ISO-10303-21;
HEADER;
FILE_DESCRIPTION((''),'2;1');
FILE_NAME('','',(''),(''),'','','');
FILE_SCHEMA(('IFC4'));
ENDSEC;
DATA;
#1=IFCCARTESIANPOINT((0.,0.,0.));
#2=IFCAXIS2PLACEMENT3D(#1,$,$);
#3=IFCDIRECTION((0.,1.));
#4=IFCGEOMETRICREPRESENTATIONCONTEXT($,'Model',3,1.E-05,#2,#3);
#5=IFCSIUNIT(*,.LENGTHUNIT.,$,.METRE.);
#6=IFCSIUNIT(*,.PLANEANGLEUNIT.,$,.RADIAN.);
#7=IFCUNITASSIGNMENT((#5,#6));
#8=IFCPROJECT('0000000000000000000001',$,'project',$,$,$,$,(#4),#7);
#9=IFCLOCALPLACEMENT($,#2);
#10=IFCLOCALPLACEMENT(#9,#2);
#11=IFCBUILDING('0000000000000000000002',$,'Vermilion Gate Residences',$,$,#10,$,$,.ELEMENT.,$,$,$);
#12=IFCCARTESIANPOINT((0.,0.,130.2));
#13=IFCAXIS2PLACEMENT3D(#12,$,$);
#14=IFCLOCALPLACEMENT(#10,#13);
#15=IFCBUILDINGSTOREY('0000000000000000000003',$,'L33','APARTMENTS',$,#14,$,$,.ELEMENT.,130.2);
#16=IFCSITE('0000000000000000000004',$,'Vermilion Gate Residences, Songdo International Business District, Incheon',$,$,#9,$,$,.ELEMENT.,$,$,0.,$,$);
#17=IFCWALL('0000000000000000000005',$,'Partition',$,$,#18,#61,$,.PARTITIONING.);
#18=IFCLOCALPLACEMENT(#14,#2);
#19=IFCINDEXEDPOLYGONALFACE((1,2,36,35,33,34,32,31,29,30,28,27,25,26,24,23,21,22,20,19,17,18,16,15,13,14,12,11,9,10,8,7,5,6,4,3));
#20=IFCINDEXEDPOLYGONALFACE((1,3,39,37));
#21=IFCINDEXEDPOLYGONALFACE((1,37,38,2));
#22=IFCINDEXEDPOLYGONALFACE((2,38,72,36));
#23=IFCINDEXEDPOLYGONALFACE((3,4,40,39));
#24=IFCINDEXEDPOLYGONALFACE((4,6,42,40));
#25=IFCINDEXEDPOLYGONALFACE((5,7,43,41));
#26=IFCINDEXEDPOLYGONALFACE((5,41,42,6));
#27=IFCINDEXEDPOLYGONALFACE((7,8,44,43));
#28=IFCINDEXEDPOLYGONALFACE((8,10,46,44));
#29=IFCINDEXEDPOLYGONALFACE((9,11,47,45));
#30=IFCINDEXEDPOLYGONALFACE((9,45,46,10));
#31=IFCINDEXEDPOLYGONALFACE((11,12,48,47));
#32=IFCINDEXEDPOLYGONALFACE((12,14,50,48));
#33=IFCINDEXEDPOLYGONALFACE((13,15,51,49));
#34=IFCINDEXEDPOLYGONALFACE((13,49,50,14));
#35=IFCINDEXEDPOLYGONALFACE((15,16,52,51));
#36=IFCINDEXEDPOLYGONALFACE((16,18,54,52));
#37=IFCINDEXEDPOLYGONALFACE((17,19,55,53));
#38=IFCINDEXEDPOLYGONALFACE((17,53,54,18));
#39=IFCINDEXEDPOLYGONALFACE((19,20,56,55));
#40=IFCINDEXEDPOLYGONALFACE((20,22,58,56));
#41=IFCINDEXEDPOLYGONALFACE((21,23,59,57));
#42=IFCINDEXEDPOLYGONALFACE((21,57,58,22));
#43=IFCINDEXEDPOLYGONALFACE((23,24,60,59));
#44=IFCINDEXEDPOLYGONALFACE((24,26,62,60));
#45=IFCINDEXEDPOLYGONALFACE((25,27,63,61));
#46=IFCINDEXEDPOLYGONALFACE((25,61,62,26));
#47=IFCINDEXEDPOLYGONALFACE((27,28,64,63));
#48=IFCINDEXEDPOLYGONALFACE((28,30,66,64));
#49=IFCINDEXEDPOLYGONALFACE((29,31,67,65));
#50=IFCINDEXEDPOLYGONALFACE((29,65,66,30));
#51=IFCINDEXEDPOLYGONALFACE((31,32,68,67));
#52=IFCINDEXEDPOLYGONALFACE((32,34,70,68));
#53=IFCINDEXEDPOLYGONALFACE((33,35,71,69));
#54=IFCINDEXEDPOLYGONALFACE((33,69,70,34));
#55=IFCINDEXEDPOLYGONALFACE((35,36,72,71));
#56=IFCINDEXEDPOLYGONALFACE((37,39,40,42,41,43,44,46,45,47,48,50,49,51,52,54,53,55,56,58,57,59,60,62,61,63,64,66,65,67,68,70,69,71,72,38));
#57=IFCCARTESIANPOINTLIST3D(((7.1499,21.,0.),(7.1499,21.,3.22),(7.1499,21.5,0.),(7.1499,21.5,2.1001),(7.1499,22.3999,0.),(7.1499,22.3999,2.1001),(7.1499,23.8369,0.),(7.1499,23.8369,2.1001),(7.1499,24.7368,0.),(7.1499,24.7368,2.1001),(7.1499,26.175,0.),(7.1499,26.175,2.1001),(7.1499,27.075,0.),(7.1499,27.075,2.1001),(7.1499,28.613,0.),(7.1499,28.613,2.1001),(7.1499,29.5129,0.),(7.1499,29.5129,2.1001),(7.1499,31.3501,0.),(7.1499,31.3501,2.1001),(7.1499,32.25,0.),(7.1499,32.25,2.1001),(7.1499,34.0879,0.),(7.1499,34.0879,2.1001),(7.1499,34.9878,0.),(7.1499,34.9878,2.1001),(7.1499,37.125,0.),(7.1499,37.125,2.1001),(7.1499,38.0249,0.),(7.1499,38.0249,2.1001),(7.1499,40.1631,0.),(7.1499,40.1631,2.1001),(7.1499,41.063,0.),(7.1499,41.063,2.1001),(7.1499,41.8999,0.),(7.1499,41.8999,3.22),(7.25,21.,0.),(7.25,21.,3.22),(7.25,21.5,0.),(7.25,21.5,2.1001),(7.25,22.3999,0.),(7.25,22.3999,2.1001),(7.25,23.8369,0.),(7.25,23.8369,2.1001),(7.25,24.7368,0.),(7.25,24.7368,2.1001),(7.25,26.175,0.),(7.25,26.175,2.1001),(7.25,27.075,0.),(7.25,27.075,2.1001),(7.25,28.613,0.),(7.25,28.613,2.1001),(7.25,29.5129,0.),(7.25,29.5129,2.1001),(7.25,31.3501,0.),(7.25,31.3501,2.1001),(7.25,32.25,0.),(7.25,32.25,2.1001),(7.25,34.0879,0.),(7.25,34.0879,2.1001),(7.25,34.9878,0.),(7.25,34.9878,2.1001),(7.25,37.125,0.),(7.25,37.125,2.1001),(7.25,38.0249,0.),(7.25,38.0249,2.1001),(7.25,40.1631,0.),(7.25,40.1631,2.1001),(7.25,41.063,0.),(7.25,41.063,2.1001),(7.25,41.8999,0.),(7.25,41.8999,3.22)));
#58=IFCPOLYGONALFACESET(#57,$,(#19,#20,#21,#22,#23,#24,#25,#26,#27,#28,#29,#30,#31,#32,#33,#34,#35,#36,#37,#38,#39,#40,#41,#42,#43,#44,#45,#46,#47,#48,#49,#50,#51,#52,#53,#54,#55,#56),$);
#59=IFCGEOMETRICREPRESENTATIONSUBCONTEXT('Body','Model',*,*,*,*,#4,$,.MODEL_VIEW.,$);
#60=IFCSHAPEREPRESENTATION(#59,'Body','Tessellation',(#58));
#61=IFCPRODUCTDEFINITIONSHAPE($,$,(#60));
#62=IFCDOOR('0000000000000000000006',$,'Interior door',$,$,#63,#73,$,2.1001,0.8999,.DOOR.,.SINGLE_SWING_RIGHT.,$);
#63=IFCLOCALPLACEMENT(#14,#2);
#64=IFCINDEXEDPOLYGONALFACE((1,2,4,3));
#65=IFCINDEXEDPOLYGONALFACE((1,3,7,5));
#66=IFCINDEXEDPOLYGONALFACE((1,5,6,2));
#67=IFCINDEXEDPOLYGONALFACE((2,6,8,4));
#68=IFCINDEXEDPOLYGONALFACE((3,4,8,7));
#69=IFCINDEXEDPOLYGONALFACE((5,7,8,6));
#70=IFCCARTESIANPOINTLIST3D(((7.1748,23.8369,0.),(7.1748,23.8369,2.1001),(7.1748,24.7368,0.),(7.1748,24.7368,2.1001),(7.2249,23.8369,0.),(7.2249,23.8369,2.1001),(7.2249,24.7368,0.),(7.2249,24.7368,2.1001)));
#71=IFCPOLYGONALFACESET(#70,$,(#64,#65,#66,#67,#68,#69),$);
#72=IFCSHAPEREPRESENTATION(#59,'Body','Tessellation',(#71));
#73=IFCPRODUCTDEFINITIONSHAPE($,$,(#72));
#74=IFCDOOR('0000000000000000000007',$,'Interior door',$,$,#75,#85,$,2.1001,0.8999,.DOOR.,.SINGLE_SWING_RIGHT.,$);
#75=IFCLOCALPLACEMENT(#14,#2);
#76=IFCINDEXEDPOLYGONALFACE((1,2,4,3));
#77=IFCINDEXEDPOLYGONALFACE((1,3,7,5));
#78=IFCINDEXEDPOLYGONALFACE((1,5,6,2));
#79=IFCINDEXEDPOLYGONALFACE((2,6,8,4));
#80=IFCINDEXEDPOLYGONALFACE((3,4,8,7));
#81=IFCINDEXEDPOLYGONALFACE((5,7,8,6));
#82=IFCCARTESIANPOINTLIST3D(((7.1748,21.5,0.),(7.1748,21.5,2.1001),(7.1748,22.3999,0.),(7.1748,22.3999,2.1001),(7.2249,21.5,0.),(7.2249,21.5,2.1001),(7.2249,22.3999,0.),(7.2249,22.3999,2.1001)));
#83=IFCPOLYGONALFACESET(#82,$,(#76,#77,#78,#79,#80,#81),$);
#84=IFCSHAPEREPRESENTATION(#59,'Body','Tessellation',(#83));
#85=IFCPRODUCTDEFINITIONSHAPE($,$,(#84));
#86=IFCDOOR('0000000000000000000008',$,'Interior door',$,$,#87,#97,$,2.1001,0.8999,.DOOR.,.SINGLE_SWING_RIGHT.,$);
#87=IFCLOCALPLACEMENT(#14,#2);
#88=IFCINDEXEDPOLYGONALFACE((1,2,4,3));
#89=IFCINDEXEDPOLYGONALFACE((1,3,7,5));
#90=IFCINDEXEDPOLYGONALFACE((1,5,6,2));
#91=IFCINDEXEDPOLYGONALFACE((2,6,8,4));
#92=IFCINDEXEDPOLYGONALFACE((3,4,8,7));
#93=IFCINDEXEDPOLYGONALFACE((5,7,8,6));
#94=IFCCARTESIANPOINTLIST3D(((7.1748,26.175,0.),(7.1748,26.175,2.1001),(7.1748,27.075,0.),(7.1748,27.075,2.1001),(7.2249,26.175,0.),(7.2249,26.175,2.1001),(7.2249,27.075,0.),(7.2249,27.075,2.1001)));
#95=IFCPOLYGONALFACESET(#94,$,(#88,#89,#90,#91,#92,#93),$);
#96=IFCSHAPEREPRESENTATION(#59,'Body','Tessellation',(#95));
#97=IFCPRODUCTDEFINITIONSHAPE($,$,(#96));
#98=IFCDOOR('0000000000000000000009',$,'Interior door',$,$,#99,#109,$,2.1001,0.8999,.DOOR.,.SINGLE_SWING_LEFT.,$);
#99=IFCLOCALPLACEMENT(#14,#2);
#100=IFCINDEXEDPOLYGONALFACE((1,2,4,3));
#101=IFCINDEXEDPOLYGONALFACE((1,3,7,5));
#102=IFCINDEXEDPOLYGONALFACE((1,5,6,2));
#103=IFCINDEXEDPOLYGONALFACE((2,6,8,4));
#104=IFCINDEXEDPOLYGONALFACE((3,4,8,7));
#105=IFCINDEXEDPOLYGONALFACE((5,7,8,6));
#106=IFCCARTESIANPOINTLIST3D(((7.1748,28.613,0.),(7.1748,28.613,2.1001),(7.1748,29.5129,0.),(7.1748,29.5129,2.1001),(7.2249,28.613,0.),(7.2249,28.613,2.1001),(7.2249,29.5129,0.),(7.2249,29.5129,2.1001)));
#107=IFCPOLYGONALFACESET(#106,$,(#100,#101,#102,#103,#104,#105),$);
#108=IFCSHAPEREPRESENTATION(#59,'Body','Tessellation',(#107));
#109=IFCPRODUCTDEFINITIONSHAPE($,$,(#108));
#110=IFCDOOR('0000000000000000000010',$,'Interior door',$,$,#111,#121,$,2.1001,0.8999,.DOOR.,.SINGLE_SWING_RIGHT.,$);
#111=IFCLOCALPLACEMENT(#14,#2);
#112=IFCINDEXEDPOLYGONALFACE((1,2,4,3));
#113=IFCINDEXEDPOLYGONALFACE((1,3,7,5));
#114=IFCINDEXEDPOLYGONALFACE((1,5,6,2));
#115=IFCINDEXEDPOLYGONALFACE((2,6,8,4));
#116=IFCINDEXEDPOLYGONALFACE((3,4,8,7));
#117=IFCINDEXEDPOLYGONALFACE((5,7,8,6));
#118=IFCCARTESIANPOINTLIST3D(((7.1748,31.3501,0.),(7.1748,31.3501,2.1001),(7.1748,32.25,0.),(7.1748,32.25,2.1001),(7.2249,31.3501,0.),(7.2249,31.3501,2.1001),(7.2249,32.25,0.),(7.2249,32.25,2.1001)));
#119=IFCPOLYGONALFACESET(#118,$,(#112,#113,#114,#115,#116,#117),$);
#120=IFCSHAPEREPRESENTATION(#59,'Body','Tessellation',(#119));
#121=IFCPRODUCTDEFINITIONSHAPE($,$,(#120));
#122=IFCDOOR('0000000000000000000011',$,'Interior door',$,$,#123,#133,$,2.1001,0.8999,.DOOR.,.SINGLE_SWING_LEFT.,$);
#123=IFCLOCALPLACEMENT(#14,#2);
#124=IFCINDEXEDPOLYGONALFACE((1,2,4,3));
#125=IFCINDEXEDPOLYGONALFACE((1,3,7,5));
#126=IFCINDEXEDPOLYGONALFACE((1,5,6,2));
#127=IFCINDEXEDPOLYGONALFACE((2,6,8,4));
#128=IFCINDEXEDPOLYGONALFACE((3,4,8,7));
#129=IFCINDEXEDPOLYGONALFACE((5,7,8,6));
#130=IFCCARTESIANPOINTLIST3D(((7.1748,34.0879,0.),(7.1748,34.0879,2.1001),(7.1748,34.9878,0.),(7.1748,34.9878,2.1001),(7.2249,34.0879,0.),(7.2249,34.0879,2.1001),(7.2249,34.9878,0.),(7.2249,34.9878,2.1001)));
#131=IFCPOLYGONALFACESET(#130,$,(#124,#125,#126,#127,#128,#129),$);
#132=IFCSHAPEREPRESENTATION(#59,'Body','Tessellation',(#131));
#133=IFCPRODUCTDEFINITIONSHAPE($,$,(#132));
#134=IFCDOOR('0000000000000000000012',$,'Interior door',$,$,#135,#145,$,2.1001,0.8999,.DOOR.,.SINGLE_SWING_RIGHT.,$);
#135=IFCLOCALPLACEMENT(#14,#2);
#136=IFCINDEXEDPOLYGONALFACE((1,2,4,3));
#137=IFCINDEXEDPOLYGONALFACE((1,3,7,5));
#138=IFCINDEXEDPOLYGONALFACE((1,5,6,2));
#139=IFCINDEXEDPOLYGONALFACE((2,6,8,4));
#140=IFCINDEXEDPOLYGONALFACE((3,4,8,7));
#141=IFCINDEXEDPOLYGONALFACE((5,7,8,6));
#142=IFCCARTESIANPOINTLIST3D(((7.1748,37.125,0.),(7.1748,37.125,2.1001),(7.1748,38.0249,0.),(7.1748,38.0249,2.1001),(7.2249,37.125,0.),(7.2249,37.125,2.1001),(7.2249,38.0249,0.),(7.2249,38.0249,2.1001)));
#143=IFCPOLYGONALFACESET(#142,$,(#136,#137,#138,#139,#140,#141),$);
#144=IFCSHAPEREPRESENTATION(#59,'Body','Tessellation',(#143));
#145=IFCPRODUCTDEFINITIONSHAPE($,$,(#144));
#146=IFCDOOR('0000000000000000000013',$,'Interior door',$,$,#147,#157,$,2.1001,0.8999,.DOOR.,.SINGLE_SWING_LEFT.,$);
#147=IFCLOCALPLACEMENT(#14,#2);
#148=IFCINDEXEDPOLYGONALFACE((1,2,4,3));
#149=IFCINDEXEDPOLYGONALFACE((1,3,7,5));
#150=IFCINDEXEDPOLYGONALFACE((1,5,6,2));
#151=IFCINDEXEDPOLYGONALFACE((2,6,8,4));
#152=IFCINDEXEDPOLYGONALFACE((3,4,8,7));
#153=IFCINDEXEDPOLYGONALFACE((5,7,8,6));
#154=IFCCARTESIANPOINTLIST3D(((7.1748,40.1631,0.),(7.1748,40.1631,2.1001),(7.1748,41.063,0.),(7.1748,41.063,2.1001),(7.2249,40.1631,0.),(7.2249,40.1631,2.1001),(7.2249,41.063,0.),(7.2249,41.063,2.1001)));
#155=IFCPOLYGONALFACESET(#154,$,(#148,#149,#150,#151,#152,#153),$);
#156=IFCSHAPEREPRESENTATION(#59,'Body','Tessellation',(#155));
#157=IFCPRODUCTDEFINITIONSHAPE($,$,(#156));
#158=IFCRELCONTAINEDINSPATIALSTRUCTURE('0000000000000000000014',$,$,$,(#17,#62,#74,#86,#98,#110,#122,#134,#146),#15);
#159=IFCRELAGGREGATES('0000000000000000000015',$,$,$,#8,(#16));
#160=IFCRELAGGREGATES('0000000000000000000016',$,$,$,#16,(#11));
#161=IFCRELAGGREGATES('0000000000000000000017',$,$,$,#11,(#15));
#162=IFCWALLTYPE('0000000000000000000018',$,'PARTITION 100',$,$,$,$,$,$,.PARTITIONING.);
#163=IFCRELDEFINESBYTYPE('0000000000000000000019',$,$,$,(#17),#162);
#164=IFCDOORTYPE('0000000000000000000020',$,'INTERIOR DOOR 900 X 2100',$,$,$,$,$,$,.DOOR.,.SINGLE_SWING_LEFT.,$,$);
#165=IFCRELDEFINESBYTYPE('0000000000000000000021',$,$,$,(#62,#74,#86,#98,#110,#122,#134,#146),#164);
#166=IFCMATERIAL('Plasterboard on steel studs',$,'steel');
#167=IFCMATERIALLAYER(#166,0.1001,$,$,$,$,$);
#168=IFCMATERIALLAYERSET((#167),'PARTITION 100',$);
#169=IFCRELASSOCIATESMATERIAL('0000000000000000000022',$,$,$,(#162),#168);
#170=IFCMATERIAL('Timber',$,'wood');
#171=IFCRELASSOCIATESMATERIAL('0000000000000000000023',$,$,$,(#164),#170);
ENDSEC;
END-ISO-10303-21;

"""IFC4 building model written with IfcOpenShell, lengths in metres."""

from ifc_helpers import new_model, si_unit, direction, frame, frame_2d, origin, place, context, subcontext, project, spatial, rectangle, extrude, material, layer, layer_set, type_object, element, fill, save


model = new_model("IFC4")

# Units and contexts
model_context = context("Model", 3, precision=1e-05, world=origin(), true_north=direction((0.0, 1.0)))
body_context = subcontext(model_context, "Body", "Model", "MODEL_VIEW")
ifc_project = project(units=[si_unit("LENGTHUNIT", "METRE"), si_unit("PLANEANGLEUNIT", "RADIAN")], contexts=[model_context])

# Site, building, storey
site_placement = place(None, origin())
site = spatial("IfcSite", under=ifc_project, at=site_placement, Name="Vermilion Gate Residences, Songdo International Business District, Incheon", CompositionType="ELEMENT", RefElevation=0.0)
building_placement = place(site_placement, origin())
building = spatial("IfcBuilding", under=site, at=building_placement, Name="Vermilion Gate Residences", CompositionType="ELEMENT")
storey_placement = place(building_placement, frame((0.0, 0.0, 130.2)))
storey = spatial("IfcBuildingStorey", under=building, at=storey_placement, Name="L33", Description="APARTMENTS", CompositionType="ELEMENT", Elevation=130.2)

# Shared definitions
ifc_material_1 = material(Name="Plasterboard on steel studs", Category="steel")
ifc_layer = layer(ifc_material_1, 0.1001)
ifc_layer_set = layer_set([ifc_layer], Name="PARTITION 100")
wall_type = type_object("IfcWallType", Name="PARTITION 100", PredefinedType="PARTITIONING", material=ifc_layer_set)

# Wall, openings, doors
wall_1_placement = place(storey_placement, frame((7.2, 21.0, 0.0), z_axis=(0.0, 0.0, 1.0), x_axis=(0.0, 1.0, 0.0)))
wall_1 = element("IfcWall", 1, at=wall_1_placement, inside=storey, type_object=wall_type, Name="Partition", PredefinedType="PARTITIONING", context=body_context, shape_type="SweptSolid", body=[
    extrude(rectangle(XDim=20.8999, YDim=0.1001, at=frame_2d((10.45, 0.0))), origin(), (0.0, 0.0, 1.0), 3.22),
])
opening_1_placement = place(wall_1_placement, frame((2.8369, 0.0, 0.0)))
opening_1 = element("IfcOpeningElement", 2, at=opening_1_placement, cuts=wall_1, PredefinedType="OPENING", context=body_context, shape_type="SweptSolid", body=[
    extrude(rectangle(XDim=0.8999, YDim=2.1001, at=frame_2d((0.45, 1.05))), frame((0.0, 0.0601, 0.0), z_axis=(0.0, -1.0, 0.0), x_axis=(1.0, 0.0, 0.0)), (0.0, 0.0, 1.0), 0.1201),
])
opening_2_placement = place(wall_1_placement, frame((0.5, 0.0, 0.0)))
opening_2 = element("IfcOpeningElement", 3, at=opening_2_placement, cuts=wall_1, PredefinedType="OPENING", context=body_context, shape_type="SweptSolid", body=[
    extrude(rectangle(XDim=0.8999, YDim=2.1001, at=frame_2d((0.45, 1.05))), frame((0.0, 0.0601, 0.0), z_axis=(0.0, -1.0, 0.0), x_axis=(1.0, 0.0, 0.0)), (0.0, 0.0, 1.0), 0.1201),
])
opening_3_placement = place(wall_1_placement, frame((5.175, 0.0, 0.0)))
opening_3 = element("IfcOpeningElement", 4, at=opening_3_placement, cuts=wall_1, PredefinedType="OPENING", context=body_context, shape_type="SweptSolid", body=[
    extrude(rectangle(XDim=0.8999, YDim=2.1001, at=frame_2d((0.45, 1.05))), frame((0.0, 0.0601, 0.0), z_axis=(0.0, -1.0, 0.0), x_axis=(1.0, 0.0, 0.0)), (0.0, 0.0, 1.0), 0.1201),
])
opening_4_placement = place(wall_1_placement, frame((7.613, 0.0, 0.0)))
opening_4 = element("IfcOpeningElement", 5, at=opening_4_placement, cuts=wall_1, PredefinedType="OPENING", context=body_context, shape_type="SweptSolid", body=[
    extrude(rectangle(XDim=0.8999, YDim=2.1001, at=frame_2d((0.45, 1.05))), frame((0.0, 0.0601, 0.0), z_axis=(0.0, -1.0, 0.0), x_axis=(1.0, 0.0, 0.0)), (0.0, 0.0, 1.0), 0.1201),
])
opening_5_placement = place(wall_1_placement, frame((10.3501, 0.0, 0.0)))
opening_5 = element("IfcOpeningElement", 6, at=opening_5_placement, cuts=wall_1, PredefinedType="OPENING", context=body_context, shape_type="SweptSolid", body=[
    extrude(rectangle(XDim=0.8999, YDim=2.1001, at=frame_2d((0.45, 1.05))), frame((0.0, 0.0601, 0.0), z_axis=(0.0, -1.0, 0.0), x_axis=(1.0, 0.0, 0.0)), (0.0, 0.0, 1.0), 0.1201),
])
opening_6_placement = place(wall_1_placement, frame((13.0879, 0.0, 0.0)))
opening_6 = element("IfcOpeningElement", 7, at=opening_6_placement, cuts=wall_1, PredefinedType="OPENING", context=body_context, shape_type="SweptSolid", body=[
    extrude(rectangle(XDim=0.8999, YDim=2.1001, at=frame_2d((0.45, 1.05))), frame((0.0, 0.0601, 0.0), z_axis=(0.0, -1.0, 0.0), x_axis=(1.0, 0.0, 0.0)), (0.0, 0.0, 1.0), 0.1201),
])
opening_7_placement = place(wall_1_placement, frame((16.125, 0.0, 0.0)))
opening_7 = element("IfcOpeningElement", 8, at=opening_7_placement, cuts=wall_1, PredefinedType="OPENING", context=body_context, shape_type="SweptSolid", body=[
    extrude(rectangle(XDim=0.8999, YDim=2.1001, at=frame_2d((0.45, 1.05))), frame((0.0, 0.0601, 0.0), z_axis=(0.0, -1.0, 0.0), x_axis=(1.0, 0.0, 0.0)), (0.0, 0.0, 1.0), 0.1201),
])
opening_8_placement = place(wall_1_placement, frame((19.1631, 0.0, 0.0)))
opening_8 = element("IfcOpeningElement", 9, at=opening_8_placement, cuts=wall_1, PredefinedType="OPENING", context=body_context, shape_type="SweptSolid", body=[
    extrude(rectangle(XDim=0.8999, YDim=2.1001, at=frame_2d((0.45, 1.05))), frame((0.0, 0.0601, 0.0), z_axis=(0.0, -1.0, 0.0), x_axis=(1.0, 0.0, 0.0)), (0.0, 0.0, 1.0), 0.1201),
])
ifc_material_2 = material(Name="Timber", Category="wood")
door_type = type_object("IfcDoorType", Name="INTERIOR DOOR 900 X 2100", OperationType="SINGLE_SWING_LEFT", PredefinedType="DOOR", material=ifc_material_2)
door_1_placement = place(opening_1_placement, frame((0.8999, 0.0, 0.0), z_axis=(0.0, 0.0, 1.0), x_axis=(-1.0, 0.0, 0.0)))
door_1 = element("IfcDoor", 10, at=door_1_placement, inside=storey, type_object=door_type, Name="Interior door", OperationType="SINGLE_SWING_RIGHT", OverallHeight=2.1001, OverallWidth=0.8999, PredefinedType="DOOR", context=body_context, shape_type="SweptSolid", body=[
    extrude(rectangle(XDim=0.8999, YDim=2.1001, at=frame_2d((0.45, 1.05))), frame((0.0, 0.0249, 0.0), z_axis=(0.0, -1.0, 0.0), x_axis=(1.0, 0.0, 0.0)), (0.0, 0.0, 1.0), 0.05),
])
fill(opening_1, door_1)
door_2_placement = place(opening_2_placement, frame((0.8999, 0.0, 0.0), z_axis=(0.0, 0.0, 1.0), x_axis=(-1.0, 0.0, 0.0)))
door_2 = element("IfcDoor", 11, at=door_2_placement, inside=storey, type_object=door_type, Name="Interior door", OperationType="SINGLE_SWING_RIGHT", OverallHeight=2.1001, OverallWidth=0.8999, PredefinedType="DOOR", context=body_context, shape_type="SweptSolid", body=[
    extrude(rectangle(XDim=0.8999, YDim=2.1001, at=frame_2d((0.45, 1.05))), frame((0.0, 0.0249, 0.0), z_axis=(0.0, -1.0, 0.0), x_axis=(1.0, 0.0, 0.0)), (0.0, 0.0, 1.0), 0.05),
])
fill(opening_2, door_2)
door_3_placement = place(opening_3_placement, frame((0.8999, 0.0, 0.0), z_axis=(0.0, 0.0, 1.0), x_axis=(-1.0, 0.0, 0.0)))
door_3 = element("IfcDoor", 12, at=door_3_placement, inside=storey, type_object=door_type, Name="Interior door", OperationType="SINGLE_SWING_RIGHT", OverallHeight=2.1001, OverallWidth=0.8999, PredefinedType="DOOR", context=body_context, shape_type="SweptSolid", body=[
    extrude(rectangle(XDim=0.8999, YDim=2.1001, at=frame_2d((0.45, 1.05))), frame((0.0, 0.0249, 0.0), z_axis=(0.0, -1.0, 0.0), x_axis=(1.0, 0.0, 0.0)), (0.0, 0.0, 1.0), 0.05),
])
fill(opening_3, door_3)
door_4_placement = place(opening_4_placement, frame((0.8999, 0.0, 0.0), z_axis=(0.0, 0.0, 1.0), x_axis=(-1.0, 0.0, 0.0)))
door_4 = element("IfcDoor", 13, at=door_4_placement, inside=storey, type_object=door_type, Name="Interior door", OperationType="SINGLE_SWING_LEFT", OverallHeight=2.1001, OverallWidth=0.8999, PredefinedType="DOOR", context=body_context, shape_type="SweptSolid", body=[
    extrude(rectangle(XDim=0.8999, YDim=2.1001, at=frame_2d((0.45, 1.05))), frame((0.0, 0.0249, 0.0), z_axis=(0.0, -1.0, 0.0), x_axis=(1.0, 0.0, 0.0)), (0.0, 0.0, 1.0), 0.05),
])
fill(opening_4, door_4)
door_5_placement = place(opening_5_placement, frame((0.8999, 0.0, 0.0), z_axis=(0.0, 0.0, 1.0), x_axis=(-1.0, 0.0, 0.0)))
door_5 = element("IfcDoor", 14, at=door_5_placement, inside=storey, type_object=door_type, Name="Interior door", OperationType="SINGLE_SWING_RIGHT", OverallHeight=2.1001, OverallWidth=0.8999, PredefinedType="DOOR", context=body_context, shape_type="SweptSolid", body=[
    extrude(rectangle(XDim=0.8999, YDim=2.1001, at=frame_2d((0.45, 1.05))), frame((0.0, 0.0249, 0.0), z_axis=(0.0, -1.0, 0.0), x_axis=(1.0, 0.0, 0.0)), (0.0, 0.0, 1.0), 0.05),
])
fill(opening_5, door_5)
door_6_placement = place(opening_6_placement, frame((0.8999, 0.0, 0.0), z_axis=(0.0, 0.0, 1.0), x_axis=(-1.0, 0.0, 0.0)))
door_6 = element("IfcDoor", 15, at=door_6_placement, inside=storey, type_object=door_type, Name="Interior door", OperationType="SINGLE_SWING_LEFT", OverallHeight=2.1001, OverallWidth=0.8999, PredefinedType="DOOR", context=body_context, shape_type="SweptSolid", body=[
    extrude(rectangle(XDim=0.8999, YDim=2.1001, at=frame_2d((0.45, 1.05))), frame((0.0, 0.0249, 0.0), z_axis=(0.0, -1.0, 0.0), x_axis=(1.0, 0.0, 0.0)), (0.0, 0.0, 1.0), 0.05),
])
fill(opening_6, door_6)
door_7_placement = place(opening_7_placement, frame((0.8999, 0.0, 0.0), z_axis=(0.0, 0.0, 1.0), x_axis=(-1.0, 0.0, 0.0)))
door_7 = element("IfcDoor", 16, at=door_7_placement, inside=storey, type_object=door_type, Name="Interior door", OperationType="SINGLE_SWING_RIGHT", OverallHeight=2.1001, OverallWidth=0.8999, PredefinedType="DOOR", context=body_context, shape_type="SweptSolid", body=[
    extrude(rectangle(XDim=0.8999, YDim=2.1001, at=frame_2d((0.45, 1.05))), frame((0.0, 0.0249, 0.0), z_axis=(0.0, -1.0, 0.0), x_axis=(1.0, 0.0, 0.0)), (0.0, 0.0, 1.0), 0.05),
])
fill(opening_7, door_7)
door_8_placement = place(opening_8_placement, frame((0.8999, 0.0, 0.0), z_axis=(0.0, 0.0, 1.0), x_axis=(-1.0, 0.0, 0.0)))
door_8 = element("IfcDoor", 17, at=door_8_placement, inside=storey, type_object=door_type, Name="Interior door", OperationType="SINGLE_SWING_LEFT", OverallHeight=2.1001, OverallWidth=0.8999, PredefinedType="DOOR", context=body_context, shape_type="SweptSolid", body=[
    extrude(rectangle(XDim=0.8999, YDim=2.1001, at=frame_2d((0.45, 1.05))), frame((0.0, 0.0249, 0.0), z_axis=(0.0, -1.0, 0.0), x_axis=(1.0, 0.0, 0.0)), (0.0, 0.0, 1.0), 0.05),
])
fill(opening_8, door_8)

save(model, "model.ifc")
